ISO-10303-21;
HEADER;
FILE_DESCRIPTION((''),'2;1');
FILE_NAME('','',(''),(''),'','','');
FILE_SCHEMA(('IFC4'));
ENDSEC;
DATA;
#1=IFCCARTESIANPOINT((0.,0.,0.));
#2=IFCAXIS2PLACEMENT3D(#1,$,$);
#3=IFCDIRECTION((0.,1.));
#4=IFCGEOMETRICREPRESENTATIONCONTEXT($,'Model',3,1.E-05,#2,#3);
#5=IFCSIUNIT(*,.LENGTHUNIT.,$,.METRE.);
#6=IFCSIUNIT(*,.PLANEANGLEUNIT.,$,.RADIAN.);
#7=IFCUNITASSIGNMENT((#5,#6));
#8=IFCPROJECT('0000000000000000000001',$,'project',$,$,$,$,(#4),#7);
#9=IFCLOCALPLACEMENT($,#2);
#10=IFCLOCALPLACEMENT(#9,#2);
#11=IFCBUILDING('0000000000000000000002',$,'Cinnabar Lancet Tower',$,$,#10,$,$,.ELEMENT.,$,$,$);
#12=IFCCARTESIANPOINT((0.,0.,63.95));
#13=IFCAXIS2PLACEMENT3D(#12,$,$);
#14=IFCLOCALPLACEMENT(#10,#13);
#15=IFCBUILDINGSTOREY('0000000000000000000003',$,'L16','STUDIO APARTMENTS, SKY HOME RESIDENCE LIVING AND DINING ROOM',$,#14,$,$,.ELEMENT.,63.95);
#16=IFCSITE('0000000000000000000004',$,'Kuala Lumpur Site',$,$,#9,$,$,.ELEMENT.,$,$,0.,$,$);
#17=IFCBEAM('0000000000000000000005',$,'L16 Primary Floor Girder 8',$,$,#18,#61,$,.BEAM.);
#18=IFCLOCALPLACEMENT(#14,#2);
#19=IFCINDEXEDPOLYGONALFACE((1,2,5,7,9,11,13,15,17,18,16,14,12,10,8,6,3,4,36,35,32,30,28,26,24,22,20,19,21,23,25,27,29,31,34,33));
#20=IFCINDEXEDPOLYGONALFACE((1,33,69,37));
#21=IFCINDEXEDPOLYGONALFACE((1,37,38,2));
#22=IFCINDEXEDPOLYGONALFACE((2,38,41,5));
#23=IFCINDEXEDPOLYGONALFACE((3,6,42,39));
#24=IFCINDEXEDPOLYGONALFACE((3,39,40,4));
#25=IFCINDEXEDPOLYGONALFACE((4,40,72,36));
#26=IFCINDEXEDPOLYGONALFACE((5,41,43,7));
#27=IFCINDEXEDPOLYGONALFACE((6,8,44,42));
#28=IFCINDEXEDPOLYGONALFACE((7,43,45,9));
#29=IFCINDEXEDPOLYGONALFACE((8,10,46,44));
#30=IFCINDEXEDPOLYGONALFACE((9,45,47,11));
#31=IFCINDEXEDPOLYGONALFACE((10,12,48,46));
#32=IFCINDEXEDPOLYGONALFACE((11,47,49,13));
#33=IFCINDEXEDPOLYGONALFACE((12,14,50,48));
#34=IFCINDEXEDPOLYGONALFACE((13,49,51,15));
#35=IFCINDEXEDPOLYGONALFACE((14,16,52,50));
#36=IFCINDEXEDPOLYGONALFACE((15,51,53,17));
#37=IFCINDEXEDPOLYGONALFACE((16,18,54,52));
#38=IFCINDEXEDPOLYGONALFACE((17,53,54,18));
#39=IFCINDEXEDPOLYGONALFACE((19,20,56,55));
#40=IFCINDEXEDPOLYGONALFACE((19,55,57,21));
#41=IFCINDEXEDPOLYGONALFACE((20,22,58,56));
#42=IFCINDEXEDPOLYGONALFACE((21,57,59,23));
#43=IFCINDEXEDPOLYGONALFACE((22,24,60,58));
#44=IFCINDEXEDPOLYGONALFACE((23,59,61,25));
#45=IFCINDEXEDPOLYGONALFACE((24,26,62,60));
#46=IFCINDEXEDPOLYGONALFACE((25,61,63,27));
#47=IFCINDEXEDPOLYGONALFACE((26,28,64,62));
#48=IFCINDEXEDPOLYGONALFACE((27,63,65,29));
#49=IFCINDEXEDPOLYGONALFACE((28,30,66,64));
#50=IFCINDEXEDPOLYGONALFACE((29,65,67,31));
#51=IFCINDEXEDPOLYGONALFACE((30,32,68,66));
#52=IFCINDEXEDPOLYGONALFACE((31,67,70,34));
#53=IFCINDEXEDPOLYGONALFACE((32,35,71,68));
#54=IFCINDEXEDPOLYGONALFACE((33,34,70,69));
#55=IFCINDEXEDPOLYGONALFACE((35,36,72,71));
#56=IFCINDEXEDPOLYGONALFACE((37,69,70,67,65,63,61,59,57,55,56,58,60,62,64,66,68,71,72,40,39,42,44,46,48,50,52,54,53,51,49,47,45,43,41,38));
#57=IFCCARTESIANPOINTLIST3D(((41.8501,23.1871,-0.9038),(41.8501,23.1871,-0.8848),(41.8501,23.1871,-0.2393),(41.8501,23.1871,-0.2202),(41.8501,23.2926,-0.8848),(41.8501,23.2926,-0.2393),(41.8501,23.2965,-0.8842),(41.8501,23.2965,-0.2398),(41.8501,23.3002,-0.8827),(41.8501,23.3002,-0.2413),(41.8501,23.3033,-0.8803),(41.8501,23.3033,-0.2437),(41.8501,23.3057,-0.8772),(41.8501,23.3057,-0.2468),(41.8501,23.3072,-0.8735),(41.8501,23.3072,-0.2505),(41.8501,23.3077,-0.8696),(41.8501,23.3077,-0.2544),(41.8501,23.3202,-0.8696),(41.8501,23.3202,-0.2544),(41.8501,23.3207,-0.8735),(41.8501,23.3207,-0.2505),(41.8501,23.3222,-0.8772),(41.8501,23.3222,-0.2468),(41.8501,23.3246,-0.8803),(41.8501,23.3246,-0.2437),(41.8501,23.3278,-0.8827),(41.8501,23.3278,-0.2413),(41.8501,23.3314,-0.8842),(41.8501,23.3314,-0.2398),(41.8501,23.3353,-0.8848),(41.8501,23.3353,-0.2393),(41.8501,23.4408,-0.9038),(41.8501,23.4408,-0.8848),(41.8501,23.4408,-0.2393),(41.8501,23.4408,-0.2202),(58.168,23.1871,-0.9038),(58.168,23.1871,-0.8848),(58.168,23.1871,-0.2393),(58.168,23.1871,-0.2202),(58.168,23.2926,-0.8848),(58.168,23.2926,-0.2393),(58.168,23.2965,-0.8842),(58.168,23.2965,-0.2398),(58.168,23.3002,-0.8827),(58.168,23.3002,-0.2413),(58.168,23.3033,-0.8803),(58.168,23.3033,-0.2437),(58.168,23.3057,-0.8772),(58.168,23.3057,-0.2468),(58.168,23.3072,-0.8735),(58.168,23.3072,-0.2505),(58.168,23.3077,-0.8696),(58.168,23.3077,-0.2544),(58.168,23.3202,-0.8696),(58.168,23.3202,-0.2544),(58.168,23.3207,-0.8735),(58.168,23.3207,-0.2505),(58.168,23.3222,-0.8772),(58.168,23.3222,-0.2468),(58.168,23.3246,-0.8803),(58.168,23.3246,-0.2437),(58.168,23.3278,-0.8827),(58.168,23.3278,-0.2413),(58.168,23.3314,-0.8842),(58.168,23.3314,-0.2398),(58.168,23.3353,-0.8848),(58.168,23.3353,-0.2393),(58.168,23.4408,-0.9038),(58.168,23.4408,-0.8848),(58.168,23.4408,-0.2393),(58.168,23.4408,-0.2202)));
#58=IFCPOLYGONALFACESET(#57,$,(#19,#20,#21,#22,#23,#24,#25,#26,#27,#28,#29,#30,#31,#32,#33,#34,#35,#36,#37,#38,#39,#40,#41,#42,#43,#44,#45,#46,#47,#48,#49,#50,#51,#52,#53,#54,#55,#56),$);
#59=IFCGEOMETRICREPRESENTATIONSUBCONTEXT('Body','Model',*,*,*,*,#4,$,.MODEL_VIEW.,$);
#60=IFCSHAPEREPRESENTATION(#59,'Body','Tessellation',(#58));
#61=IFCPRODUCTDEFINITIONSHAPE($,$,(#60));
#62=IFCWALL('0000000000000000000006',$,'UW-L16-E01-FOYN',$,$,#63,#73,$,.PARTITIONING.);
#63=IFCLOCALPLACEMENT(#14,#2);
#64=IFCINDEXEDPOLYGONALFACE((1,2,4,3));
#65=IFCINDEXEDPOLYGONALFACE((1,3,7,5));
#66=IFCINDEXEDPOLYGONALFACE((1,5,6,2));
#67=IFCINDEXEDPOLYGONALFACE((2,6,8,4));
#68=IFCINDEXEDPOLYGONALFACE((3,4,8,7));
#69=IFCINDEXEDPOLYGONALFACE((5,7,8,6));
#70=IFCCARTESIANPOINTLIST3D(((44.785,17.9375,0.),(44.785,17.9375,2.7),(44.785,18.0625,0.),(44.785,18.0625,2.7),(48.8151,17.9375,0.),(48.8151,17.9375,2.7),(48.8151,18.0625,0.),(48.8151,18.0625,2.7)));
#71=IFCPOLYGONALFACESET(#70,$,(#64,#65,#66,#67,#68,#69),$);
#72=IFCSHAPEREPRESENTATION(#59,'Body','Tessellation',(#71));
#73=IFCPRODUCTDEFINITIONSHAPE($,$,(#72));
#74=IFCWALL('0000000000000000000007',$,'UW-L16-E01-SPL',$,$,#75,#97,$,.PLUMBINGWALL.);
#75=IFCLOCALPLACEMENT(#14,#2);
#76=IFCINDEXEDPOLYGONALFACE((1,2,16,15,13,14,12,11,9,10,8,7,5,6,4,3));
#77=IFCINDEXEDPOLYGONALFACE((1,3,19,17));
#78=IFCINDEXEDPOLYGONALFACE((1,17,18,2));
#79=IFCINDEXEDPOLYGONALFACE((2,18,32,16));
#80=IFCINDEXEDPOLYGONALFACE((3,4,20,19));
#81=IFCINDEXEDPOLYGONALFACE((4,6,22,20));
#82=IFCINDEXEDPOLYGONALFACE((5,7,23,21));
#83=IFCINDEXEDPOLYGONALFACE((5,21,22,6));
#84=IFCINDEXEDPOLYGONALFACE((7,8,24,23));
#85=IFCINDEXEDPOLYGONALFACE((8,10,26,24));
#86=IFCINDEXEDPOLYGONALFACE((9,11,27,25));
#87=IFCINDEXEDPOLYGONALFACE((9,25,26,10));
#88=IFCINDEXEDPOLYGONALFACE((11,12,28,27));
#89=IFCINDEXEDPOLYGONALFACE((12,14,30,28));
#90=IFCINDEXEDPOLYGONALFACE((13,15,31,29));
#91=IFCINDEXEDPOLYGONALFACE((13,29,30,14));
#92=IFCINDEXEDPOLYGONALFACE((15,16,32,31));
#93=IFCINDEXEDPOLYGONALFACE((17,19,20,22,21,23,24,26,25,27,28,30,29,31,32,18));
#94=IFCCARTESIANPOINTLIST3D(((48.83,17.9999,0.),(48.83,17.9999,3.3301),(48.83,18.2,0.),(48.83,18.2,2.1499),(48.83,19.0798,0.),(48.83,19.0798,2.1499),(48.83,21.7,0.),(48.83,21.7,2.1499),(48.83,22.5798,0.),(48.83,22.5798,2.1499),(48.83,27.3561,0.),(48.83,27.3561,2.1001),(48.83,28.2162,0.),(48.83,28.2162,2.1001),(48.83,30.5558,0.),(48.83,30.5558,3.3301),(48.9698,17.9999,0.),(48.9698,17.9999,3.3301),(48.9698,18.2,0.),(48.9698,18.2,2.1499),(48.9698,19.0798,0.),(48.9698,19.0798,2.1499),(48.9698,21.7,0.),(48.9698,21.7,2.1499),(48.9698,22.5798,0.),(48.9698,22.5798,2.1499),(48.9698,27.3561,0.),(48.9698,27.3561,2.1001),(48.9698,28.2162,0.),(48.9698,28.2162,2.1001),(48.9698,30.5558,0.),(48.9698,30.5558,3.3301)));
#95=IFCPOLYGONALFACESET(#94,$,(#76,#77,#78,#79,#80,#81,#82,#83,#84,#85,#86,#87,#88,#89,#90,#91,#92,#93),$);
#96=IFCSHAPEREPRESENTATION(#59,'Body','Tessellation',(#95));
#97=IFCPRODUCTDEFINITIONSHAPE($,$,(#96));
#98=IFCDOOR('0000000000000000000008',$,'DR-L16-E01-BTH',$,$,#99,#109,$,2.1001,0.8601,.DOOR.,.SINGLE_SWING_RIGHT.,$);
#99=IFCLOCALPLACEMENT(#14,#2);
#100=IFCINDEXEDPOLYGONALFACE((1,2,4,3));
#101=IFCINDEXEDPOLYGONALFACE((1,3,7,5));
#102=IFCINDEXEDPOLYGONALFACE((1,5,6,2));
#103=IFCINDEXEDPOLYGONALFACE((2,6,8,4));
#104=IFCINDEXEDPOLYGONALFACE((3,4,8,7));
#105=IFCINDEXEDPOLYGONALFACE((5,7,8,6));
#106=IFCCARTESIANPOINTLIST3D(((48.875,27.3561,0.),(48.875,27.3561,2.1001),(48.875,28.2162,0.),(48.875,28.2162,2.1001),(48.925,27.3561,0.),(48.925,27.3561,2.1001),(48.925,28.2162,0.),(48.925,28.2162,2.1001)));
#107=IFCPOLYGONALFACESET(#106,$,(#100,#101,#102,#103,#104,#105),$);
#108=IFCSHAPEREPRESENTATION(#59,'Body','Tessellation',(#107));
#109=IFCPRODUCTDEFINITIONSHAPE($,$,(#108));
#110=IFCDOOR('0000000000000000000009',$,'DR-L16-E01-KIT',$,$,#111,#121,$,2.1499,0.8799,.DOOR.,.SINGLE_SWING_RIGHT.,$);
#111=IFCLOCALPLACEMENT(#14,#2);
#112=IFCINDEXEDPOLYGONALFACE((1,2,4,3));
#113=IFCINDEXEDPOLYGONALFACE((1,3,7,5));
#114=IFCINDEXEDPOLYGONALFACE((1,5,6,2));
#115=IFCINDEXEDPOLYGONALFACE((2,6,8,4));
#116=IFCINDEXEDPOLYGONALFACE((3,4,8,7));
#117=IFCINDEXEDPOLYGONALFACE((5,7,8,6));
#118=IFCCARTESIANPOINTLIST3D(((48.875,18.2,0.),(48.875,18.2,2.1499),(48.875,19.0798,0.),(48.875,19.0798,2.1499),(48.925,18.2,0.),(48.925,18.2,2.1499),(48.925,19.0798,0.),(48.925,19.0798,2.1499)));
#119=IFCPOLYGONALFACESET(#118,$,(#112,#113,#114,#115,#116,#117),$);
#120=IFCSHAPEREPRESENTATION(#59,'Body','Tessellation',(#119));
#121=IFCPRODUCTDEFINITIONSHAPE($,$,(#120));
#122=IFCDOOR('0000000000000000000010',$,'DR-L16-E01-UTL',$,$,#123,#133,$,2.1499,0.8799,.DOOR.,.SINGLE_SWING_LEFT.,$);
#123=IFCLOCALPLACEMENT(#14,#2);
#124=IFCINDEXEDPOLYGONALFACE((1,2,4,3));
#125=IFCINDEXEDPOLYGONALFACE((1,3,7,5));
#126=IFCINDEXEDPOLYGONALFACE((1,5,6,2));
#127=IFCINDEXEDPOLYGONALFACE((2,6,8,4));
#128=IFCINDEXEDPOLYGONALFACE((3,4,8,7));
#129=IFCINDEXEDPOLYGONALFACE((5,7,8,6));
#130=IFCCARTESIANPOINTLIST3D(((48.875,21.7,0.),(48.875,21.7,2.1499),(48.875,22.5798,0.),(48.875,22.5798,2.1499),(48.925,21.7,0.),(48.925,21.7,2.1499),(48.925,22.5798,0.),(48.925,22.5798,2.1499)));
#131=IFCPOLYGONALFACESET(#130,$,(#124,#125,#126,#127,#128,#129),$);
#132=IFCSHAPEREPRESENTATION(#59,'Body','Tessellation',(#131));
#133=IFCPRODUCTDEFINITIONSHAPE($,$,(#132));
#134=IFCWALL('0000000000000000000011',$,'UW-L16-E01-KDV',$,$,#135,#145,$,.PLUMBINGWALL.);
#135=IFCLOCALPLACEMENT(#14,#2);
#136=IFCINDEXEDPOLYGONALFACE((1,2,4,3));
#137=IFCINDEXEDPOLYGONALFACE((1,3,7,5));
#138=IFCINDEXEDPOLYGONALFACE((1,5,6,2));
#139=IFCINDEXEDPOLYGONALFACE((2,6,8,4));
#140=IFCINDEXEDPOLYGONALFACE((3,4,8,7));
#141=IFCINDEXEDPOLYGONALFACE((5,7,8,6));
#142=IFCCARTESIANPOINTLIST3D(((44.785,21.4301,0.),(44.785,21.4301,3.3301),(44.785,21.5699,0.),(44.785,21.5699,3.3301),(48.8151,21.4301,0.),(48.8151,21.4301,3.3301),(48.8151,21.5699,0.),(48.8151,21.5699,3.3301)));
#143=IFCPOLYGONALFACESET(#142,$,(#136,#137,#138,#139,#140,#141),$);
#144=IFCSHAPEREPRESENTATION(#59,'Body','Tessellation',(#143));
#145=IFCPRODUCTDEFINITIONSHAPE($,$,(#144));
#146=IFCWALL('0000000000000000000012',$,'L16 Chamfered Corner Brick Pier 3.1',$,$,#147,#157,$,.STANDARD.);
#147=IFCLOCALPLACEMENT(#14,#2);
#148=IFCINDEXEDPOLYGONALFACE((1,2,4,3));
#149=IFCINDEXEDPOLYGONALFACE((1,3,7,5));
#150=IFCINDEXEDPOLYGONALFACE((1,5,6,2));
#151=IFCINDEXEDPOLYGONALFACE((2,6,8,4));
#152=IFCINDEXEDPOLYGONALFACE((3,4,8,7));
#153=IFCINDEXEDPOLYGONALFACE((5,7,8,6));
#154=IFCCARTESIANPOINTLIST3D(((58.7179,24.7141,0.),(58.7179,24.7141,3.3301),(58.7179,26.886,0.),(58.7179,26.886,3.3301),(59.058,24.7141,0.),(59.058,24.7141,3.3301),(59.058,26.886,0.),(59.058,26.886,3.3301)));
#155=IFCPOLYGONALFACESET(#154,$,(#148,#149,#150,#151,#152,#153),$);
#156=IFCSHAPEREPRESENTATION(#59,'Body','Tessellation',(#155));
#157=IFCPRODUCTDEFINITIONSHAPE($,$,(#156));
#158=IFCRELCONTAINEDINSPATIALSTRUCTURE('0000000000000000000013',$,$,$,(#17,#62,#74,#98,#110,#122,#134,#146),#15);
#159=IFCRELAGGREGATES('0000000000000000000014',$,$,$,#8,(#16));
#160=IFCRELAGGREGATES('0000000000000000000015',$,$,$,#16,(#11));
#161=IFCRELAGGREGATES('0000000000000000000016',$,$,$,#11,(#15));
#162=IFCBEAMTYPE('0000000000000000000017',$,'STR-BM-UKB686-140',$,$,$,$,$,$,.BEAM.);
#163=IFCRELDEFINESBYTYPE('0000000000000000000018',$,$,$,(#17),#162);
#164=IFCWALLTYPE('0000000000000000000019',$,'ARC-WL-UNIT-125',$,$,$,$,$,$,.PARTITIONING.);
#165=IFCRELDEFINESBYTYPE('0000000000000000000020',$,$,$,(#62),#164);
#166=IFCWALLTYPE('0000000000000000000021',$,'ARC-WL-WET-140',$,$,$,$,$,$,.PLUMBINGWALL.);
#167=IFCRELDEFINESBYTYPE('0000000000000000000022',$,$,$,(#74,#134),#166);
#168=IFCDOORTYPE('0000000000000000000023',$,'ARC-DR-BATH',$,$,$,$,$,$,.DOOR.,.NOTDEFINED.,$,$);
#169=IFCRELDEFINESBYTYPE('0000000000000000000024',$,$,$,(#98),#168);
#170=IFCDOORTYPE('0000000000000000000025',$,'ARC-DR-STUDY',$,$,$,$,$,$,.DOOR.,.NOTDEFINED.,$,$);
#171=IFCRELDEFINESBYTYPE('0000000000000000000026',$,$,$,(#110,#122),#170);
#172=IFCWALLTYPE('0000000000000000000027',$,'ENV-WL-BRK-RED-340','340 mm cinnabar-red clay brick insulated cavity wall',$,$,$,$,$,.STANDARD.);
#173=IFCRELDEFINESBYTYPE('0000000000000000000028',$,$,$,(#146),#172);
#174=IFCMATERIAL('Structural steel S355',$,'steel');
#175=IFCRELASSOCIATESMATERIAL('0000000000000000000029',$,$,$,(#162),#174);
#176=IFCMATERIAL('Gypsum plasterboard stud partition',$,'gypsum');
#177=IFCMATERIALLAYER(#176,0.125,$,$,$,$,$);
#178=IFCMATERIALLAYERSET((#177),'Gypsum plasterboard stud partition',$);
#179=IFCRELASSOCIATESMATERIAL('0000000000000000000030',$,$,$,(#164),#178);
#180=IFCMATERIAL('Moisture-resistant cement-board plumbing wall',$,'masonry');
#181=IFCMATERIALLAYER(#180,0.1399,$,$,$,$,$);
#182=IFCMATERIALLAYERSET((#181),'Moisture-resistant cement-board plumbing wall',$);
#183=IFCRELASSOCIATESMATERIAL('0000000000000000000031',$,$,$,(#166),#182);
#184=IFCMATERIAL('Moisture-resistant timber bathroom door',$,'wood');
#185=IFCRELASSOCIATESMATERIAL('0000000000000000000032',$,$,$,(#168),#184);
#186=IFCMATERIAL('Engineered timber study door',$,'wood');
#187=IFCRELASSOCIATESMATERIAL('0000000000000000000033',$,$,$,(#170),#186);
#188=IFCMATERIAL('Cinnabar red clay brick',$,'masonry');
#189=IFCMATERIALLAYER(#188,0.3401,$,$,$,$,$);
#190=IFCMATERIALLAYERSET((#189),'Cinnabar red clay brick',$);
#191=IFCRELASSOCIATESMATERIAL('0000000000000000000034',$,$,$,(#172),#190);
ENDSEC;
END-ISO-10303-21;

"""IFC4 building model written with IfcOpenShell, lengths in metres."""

from ifc_helpers import new_model, si_unit, direction, frame, frame_2d, origin, origin_2d, place, context, subcontext, project, spatial, rectangle, i_section, extrude, material, layer, layer_set, material_profile, profile_set, type_object, element, fill, save


model = new_model("IFC4")

# Units and contexts
model_context = context("Model", 3, precision=1e-05, world=origin(), true_north=direction((0.0, 1.0)))
body_context = subcontext(model_context, "Body", "Model", "MODEL_VIEW")
ifc_project = project(units=[si_unit("LENGTHUNIT", "METRE"), si_unit("PLANEANGLEUNIT", "RADIAN")], contexts=[model_context])

# Site, building, storey
site_placement = place(None, origin())
site = spatial("IfcSite", under=ifc_project, at=site_placement, Name="Kuala Lumpur Site", CompositionType="ELEMENT", RefElevation=0.0)
building_placement = place(site_placement, origin())
building = spatial("IfcBuilding", under=site, at=building_placement, Name="Cinnabar Lancet Tower", CompositionType="ELEMENT")
storey_placement = place(building_placement, frame((0.0, 0.0, 63.95)))
storey = spatial("IfcBuildingStorey", under=building, at=storey_placement, Name="L16", Description="STUDIO APARTMENTS, SKY HOME RESIDENCE LIVING AND DINING ROOM", CompositionType="ELEMENT", Elevation=63.95)

# Beam
ifc_material_1 = material(Name="Structural steel S355", Category="steel")
ifc_material_profile_1 = material_profile(ifc_material_1, i_section(OverallWidth=0.2537, OverallDepth=0.6836, WebThickness=0.0125, FlangeThickness=0.019, FilletRadius=0.0151, at=origin_2d()), Name="UKB 686x254x140")
ifc_profile_set_1 = profile_set([ifc_material_profile_1], Name="Structural steel S355")
beam_type_1 = type_object("IfcBeamType", Name="STR-BM-UKB686-140", PredefinedType="BEAM", material=ifc_profile_set_1)
beam_1_placement = place(storey_placement, frame((58.168, 23.314, -0.562), z_axis=(-1.0, 0.0, 0.0), x_axis=(0.0, -1.0, 0.0)))
element("IfcBeam", 1, at=beam_1_placement, inside=storey, type_object=beam_type_1, Name="L16 Primary Floor Girder 8", PredefinedType="BEAM", context=body_context, shape_type="SweptSolid", body=[
    extrude(i_section(OverallWidth=0.2537, OverallDepth=0.6836, WebThickness=0.0125, FlangeThickness=0.019, FilletRadius=0.0151, at=origin_2d()), origin(), (0.0, 0.0, 1.0), 16.3179),
])

# Wall
ifc_material_2 = material(Name="Gypsum plasterboard stud partition", Category="gypsum")
ifc_layer_1 = layer(ifc_material_2, 0.125)
ifc_layer_set_1 = layer_set([ifc_layer_1], Name="Gypsum plasterboard stud partition")
wall_type_1 = type_object("IfcWallType", Name="ARC-WL-UNIT-125", PredefinedType="PARTITIONING", material=ifc_layer_set_1)
wall_1_placement = place(storey_placement, frame((44.7849, 18.0, 0.0), z_axis=(0.0, 0.0, 1.0), x_axis=(1.0, 0.0, 0.0)))
element("IfcWall", 2, at=wall_1_placement, inside=storey, type_object=wall_type_1, Name="UW-L16-E01-FOYN", PredefinedType="PARTITIONING", context=body_context, shape_type="SweptSolid", body=[
    extrude(rectangle(XDim=4.03, YDim=0.125, at=frame_2d((2.0151, 0.0))), origin(), (0.0, 0.0, 1.0), 2.7),
])

# Wall, openings, doors
ifc_material_3 = material(Name="Moisture-resistant cement-board plumbing wall", Category="masonry")
ifc_layer_2 = layer(ifc_material_3, 0.1399)
ifc_layer_set_2 = layer_set([ifc_layer_2], Name="Moisture-resistant cement-board plumbing wall")
wall_type_2 = type_object("IfcWallType", Name="ARC-WL-WET-140", PredefinedType="PLUMBINGWALL", material=ifc_layer_set_2)
wall_2_placement = place(storey_placement, frame((48.8999, 18.0, 0.0), z_axis=(0.0, 0.0, 1.0), x_axis=(0.0, 1.0, 0.0)))
wall_2 = element("IfcWall", 3, at=wall_2_placement, inside=storey, type_object=wall_type_2, Name="UW-L16-E01-SPL", PredefinedType="PLUMBINGWALL", context=body_context, shape_type="SweptSolid", body=[
    extrude(rectangle(XDim=12.5559, YDim=0.1399, at=frame_2d((6.2778, 0.0))), origin(), (0.0, 0.0, 1.0), 3.3301),
])
opening_1_placement = place(wall_2_placement, frame((0.2, 0.0, 0.0)))
opening_1 = element("IfcOpeningElement", 4, at=opening_1_placement, cuts=wall_2, PredefinedType="OPENING", context=body_context, shape_type="SweptSolid", body=[
    extrude(rectangle(XDim=0.8799, YDim=2.1499, at=frame_2d((0.4399, 1.075))), frame((0.0, 0.0798, 0.0), z_axis=(0.0, -1.0, 0.0), x_axis=(1.0, 0.0, 0.0)), (0.0, 0.0, 1.0), 0.1599),
])
opening_2_placement = place(wall_2_placement, frame((3.7, 0.0, 0.0)))
opening_2 = element("IfcOpeningElement", 5, at=opening_2_placement, cuts=wall_2, PredefinedType="OPENING", context=body_context, shape_type="SweptSolid", body=[
    extrude(rectangle(XDim=0.8799, YDim=2.1499, at=frame_2d((0.4399, 1.075))), frame((0.0, 0.0798, 0.0), z_axis=(0.0, -1.0, 0.0), x_axis=(1.0, 0.0, 0.0)), (0.0, 0.0, 1.0), 0.1599),
])
opening_3_placement = place(wall_2_placement, frame((9.356, 0.0, 0.0)))
opening_3 = element("IfcOpeningElement", 6, at=opening_3_placement, cuts=wall_2, PredefinedType="OPENING", context=body_context, shape_type="SweptSolid", body=[
    extrude(rectangle(XDim=0.8601, YDim=2.1001, at=frame_2d((0.4302, 1.05))), frame((0.0, 0.0798, 0.0), z_axis=(0.0, -1.0, 0.0), x_axis=(1.0, 0.0, 0.0)), (0.0, 0.0, 1.0), 0.1599),
])
ifc_material_4 = material(Name="Moisture-resistant timber bathroom door", Category="wood")
door_type_1 = type_object("IfcDoorType", Name="ARC-DR-BATH", OperationType="NOTDEFINED", PredefinedType="DOOR", material=ifc_material_4)
door_1_placement = place(opening_3_placement, origin())
door_1 = element("IfcDoor", 7, at=door_1_placement, inside=storey, type_object=door_type_1, Name="DR-L16-E01-BTH", OperationType="SINGLE_SWING_RIGHT", OverallHeight=2.1001, OverallWidth=0.8601, PredefinedType="DOOR", context=body_context, shape_type="SweptSolid", body=[
    extrude(rectangle(XDim=0.8601, YDim=2.1001, at=frame_2d((0.4302, 1.05))), frame((0.0, 0.0249, 0.0), z_axis=(0.0, -1.0, 0.0), x_axis=(1.0, 0.0, 0.0)), (0.0, 0.0, 1.0), 0.05),
])
fill(opening_3, door_1)
ifc_material_5 = material(Name="Engineered timber study door", Category="wood")
door_type_2 = type_object("IfcDoorType", Name="ARC-DR-STUDY", OperationType="NOTDEFINED", PredefinedType="DOOR", material=ifc_material_5)
door_2_placement = place(opening_1_placement, origin())
door_2 = element("IfcDoor", 8, at=door_2_placement, inside=storey, type_object=door_type_2, Name="DR-L16-E01-KIT", OperationType="SINGLE_SWING_RIGHT", OverallHeight=2.1499, OverallWidth=0.8799, PredefinedType="DOOR", context=body_context, shape_type="SweptSolid", body=[
    extrude(rectangle(XDim=0.8799, YDim=2.1499, at=frame_2d((0.4399, 1.075))), frame((0.0, 0.0249, 0.0), z_axis=(0.0, -1.0, 0.0), x_axis=(1.0, 0.0, 0.0)), (0.0, 0.0, 1.0), 0.05),
])
fill(opening_1, door_2)
door_3_placement = place(opening_2_placement, origin())
door_3 = element("IfcDoor", 9, at=door_3_placement, inside=storey, type_object=door_type_2, Name="DR-L16-E01-UTL", OperationType="SINGLE_SWING_LEFT", OverallHeight=2.1499, OverallWidth=0.8799, PredefinedType="DOOR", context=body_context, shape_type="SweptSolid", body=[
    extrude(rectangle(XDim=0.8799, YDim=2.1499, at=frame_2d((0.4399, 1.075))), frame((0.0, 0.0249, 0.0), z_axis=(0.0, -1.0, 0.0), x_axis=(1.0, 0.0, 0.0)), (0.0, 0.0, 1.0), 0.05),
])
fill(opening_2, door_3)

# Walls
wall_3_placement = place(storey_placement, frame((44.7849, 21.5, 0.0), z_axis=(0.0, 0.0, 1.0), x_axis=(1.0, 0.0, 0.0)))
element("IfcWall", 10, at=wall_3_placement, inside=storey, type_object=wall_type_2, Name="UW-L16-E01-KDV", PredefinedType="PLUMBINGWALL", context=body_context, shape_type="SweptSolid", body=[
    extrude(rectangle(XDim=4.03, YDim=0.1399, at=frame_2d((2.0151, 0.0))), origin(), (0.0, 0.0, 1.0), 3.3301),
])
ifc_material_6 = material(Name="Cinnabar red clay brick", Category="masonry")
ifc_layer_3 = layer(ifc_material_6, 0.3401)
ifc_layer_set_3 = layer_set([ifc_layer_3], Name="Cinnabar red clay brick")
wall_type_3 = type_object("IfcWallType", Name="ENV-WL-BRK-RED-340", Description="340 mm cinnabar-red clay brick insulated cavity wall", PredefinedType="STANDARD", material=ifc_layer_set_3)
wall_4_placement = place(storey_placement, frame((58.8879, 24.7141, 0.0), z_axis=(0.0, 0.0, 1.0), x_axis=(0.0, 1.0, 0.0)))
element("IfcWall", 11, at=wall_4_placement, inside=storey, type_object=wall_type_3, Name="L16 Chamfered Corner Brick Pier 3.1", PredefinedType="STANDARD", context=body_context, shape_type="SweptSolid", body=[
    extrude(rectangle(XDim=2.1719, YDim=0.3401, at=frame_2d((1.0859, 0.0))), origin(), (0.0, 0.0, 1.0), 3.3301),
])

save(model, "model.ifc")
